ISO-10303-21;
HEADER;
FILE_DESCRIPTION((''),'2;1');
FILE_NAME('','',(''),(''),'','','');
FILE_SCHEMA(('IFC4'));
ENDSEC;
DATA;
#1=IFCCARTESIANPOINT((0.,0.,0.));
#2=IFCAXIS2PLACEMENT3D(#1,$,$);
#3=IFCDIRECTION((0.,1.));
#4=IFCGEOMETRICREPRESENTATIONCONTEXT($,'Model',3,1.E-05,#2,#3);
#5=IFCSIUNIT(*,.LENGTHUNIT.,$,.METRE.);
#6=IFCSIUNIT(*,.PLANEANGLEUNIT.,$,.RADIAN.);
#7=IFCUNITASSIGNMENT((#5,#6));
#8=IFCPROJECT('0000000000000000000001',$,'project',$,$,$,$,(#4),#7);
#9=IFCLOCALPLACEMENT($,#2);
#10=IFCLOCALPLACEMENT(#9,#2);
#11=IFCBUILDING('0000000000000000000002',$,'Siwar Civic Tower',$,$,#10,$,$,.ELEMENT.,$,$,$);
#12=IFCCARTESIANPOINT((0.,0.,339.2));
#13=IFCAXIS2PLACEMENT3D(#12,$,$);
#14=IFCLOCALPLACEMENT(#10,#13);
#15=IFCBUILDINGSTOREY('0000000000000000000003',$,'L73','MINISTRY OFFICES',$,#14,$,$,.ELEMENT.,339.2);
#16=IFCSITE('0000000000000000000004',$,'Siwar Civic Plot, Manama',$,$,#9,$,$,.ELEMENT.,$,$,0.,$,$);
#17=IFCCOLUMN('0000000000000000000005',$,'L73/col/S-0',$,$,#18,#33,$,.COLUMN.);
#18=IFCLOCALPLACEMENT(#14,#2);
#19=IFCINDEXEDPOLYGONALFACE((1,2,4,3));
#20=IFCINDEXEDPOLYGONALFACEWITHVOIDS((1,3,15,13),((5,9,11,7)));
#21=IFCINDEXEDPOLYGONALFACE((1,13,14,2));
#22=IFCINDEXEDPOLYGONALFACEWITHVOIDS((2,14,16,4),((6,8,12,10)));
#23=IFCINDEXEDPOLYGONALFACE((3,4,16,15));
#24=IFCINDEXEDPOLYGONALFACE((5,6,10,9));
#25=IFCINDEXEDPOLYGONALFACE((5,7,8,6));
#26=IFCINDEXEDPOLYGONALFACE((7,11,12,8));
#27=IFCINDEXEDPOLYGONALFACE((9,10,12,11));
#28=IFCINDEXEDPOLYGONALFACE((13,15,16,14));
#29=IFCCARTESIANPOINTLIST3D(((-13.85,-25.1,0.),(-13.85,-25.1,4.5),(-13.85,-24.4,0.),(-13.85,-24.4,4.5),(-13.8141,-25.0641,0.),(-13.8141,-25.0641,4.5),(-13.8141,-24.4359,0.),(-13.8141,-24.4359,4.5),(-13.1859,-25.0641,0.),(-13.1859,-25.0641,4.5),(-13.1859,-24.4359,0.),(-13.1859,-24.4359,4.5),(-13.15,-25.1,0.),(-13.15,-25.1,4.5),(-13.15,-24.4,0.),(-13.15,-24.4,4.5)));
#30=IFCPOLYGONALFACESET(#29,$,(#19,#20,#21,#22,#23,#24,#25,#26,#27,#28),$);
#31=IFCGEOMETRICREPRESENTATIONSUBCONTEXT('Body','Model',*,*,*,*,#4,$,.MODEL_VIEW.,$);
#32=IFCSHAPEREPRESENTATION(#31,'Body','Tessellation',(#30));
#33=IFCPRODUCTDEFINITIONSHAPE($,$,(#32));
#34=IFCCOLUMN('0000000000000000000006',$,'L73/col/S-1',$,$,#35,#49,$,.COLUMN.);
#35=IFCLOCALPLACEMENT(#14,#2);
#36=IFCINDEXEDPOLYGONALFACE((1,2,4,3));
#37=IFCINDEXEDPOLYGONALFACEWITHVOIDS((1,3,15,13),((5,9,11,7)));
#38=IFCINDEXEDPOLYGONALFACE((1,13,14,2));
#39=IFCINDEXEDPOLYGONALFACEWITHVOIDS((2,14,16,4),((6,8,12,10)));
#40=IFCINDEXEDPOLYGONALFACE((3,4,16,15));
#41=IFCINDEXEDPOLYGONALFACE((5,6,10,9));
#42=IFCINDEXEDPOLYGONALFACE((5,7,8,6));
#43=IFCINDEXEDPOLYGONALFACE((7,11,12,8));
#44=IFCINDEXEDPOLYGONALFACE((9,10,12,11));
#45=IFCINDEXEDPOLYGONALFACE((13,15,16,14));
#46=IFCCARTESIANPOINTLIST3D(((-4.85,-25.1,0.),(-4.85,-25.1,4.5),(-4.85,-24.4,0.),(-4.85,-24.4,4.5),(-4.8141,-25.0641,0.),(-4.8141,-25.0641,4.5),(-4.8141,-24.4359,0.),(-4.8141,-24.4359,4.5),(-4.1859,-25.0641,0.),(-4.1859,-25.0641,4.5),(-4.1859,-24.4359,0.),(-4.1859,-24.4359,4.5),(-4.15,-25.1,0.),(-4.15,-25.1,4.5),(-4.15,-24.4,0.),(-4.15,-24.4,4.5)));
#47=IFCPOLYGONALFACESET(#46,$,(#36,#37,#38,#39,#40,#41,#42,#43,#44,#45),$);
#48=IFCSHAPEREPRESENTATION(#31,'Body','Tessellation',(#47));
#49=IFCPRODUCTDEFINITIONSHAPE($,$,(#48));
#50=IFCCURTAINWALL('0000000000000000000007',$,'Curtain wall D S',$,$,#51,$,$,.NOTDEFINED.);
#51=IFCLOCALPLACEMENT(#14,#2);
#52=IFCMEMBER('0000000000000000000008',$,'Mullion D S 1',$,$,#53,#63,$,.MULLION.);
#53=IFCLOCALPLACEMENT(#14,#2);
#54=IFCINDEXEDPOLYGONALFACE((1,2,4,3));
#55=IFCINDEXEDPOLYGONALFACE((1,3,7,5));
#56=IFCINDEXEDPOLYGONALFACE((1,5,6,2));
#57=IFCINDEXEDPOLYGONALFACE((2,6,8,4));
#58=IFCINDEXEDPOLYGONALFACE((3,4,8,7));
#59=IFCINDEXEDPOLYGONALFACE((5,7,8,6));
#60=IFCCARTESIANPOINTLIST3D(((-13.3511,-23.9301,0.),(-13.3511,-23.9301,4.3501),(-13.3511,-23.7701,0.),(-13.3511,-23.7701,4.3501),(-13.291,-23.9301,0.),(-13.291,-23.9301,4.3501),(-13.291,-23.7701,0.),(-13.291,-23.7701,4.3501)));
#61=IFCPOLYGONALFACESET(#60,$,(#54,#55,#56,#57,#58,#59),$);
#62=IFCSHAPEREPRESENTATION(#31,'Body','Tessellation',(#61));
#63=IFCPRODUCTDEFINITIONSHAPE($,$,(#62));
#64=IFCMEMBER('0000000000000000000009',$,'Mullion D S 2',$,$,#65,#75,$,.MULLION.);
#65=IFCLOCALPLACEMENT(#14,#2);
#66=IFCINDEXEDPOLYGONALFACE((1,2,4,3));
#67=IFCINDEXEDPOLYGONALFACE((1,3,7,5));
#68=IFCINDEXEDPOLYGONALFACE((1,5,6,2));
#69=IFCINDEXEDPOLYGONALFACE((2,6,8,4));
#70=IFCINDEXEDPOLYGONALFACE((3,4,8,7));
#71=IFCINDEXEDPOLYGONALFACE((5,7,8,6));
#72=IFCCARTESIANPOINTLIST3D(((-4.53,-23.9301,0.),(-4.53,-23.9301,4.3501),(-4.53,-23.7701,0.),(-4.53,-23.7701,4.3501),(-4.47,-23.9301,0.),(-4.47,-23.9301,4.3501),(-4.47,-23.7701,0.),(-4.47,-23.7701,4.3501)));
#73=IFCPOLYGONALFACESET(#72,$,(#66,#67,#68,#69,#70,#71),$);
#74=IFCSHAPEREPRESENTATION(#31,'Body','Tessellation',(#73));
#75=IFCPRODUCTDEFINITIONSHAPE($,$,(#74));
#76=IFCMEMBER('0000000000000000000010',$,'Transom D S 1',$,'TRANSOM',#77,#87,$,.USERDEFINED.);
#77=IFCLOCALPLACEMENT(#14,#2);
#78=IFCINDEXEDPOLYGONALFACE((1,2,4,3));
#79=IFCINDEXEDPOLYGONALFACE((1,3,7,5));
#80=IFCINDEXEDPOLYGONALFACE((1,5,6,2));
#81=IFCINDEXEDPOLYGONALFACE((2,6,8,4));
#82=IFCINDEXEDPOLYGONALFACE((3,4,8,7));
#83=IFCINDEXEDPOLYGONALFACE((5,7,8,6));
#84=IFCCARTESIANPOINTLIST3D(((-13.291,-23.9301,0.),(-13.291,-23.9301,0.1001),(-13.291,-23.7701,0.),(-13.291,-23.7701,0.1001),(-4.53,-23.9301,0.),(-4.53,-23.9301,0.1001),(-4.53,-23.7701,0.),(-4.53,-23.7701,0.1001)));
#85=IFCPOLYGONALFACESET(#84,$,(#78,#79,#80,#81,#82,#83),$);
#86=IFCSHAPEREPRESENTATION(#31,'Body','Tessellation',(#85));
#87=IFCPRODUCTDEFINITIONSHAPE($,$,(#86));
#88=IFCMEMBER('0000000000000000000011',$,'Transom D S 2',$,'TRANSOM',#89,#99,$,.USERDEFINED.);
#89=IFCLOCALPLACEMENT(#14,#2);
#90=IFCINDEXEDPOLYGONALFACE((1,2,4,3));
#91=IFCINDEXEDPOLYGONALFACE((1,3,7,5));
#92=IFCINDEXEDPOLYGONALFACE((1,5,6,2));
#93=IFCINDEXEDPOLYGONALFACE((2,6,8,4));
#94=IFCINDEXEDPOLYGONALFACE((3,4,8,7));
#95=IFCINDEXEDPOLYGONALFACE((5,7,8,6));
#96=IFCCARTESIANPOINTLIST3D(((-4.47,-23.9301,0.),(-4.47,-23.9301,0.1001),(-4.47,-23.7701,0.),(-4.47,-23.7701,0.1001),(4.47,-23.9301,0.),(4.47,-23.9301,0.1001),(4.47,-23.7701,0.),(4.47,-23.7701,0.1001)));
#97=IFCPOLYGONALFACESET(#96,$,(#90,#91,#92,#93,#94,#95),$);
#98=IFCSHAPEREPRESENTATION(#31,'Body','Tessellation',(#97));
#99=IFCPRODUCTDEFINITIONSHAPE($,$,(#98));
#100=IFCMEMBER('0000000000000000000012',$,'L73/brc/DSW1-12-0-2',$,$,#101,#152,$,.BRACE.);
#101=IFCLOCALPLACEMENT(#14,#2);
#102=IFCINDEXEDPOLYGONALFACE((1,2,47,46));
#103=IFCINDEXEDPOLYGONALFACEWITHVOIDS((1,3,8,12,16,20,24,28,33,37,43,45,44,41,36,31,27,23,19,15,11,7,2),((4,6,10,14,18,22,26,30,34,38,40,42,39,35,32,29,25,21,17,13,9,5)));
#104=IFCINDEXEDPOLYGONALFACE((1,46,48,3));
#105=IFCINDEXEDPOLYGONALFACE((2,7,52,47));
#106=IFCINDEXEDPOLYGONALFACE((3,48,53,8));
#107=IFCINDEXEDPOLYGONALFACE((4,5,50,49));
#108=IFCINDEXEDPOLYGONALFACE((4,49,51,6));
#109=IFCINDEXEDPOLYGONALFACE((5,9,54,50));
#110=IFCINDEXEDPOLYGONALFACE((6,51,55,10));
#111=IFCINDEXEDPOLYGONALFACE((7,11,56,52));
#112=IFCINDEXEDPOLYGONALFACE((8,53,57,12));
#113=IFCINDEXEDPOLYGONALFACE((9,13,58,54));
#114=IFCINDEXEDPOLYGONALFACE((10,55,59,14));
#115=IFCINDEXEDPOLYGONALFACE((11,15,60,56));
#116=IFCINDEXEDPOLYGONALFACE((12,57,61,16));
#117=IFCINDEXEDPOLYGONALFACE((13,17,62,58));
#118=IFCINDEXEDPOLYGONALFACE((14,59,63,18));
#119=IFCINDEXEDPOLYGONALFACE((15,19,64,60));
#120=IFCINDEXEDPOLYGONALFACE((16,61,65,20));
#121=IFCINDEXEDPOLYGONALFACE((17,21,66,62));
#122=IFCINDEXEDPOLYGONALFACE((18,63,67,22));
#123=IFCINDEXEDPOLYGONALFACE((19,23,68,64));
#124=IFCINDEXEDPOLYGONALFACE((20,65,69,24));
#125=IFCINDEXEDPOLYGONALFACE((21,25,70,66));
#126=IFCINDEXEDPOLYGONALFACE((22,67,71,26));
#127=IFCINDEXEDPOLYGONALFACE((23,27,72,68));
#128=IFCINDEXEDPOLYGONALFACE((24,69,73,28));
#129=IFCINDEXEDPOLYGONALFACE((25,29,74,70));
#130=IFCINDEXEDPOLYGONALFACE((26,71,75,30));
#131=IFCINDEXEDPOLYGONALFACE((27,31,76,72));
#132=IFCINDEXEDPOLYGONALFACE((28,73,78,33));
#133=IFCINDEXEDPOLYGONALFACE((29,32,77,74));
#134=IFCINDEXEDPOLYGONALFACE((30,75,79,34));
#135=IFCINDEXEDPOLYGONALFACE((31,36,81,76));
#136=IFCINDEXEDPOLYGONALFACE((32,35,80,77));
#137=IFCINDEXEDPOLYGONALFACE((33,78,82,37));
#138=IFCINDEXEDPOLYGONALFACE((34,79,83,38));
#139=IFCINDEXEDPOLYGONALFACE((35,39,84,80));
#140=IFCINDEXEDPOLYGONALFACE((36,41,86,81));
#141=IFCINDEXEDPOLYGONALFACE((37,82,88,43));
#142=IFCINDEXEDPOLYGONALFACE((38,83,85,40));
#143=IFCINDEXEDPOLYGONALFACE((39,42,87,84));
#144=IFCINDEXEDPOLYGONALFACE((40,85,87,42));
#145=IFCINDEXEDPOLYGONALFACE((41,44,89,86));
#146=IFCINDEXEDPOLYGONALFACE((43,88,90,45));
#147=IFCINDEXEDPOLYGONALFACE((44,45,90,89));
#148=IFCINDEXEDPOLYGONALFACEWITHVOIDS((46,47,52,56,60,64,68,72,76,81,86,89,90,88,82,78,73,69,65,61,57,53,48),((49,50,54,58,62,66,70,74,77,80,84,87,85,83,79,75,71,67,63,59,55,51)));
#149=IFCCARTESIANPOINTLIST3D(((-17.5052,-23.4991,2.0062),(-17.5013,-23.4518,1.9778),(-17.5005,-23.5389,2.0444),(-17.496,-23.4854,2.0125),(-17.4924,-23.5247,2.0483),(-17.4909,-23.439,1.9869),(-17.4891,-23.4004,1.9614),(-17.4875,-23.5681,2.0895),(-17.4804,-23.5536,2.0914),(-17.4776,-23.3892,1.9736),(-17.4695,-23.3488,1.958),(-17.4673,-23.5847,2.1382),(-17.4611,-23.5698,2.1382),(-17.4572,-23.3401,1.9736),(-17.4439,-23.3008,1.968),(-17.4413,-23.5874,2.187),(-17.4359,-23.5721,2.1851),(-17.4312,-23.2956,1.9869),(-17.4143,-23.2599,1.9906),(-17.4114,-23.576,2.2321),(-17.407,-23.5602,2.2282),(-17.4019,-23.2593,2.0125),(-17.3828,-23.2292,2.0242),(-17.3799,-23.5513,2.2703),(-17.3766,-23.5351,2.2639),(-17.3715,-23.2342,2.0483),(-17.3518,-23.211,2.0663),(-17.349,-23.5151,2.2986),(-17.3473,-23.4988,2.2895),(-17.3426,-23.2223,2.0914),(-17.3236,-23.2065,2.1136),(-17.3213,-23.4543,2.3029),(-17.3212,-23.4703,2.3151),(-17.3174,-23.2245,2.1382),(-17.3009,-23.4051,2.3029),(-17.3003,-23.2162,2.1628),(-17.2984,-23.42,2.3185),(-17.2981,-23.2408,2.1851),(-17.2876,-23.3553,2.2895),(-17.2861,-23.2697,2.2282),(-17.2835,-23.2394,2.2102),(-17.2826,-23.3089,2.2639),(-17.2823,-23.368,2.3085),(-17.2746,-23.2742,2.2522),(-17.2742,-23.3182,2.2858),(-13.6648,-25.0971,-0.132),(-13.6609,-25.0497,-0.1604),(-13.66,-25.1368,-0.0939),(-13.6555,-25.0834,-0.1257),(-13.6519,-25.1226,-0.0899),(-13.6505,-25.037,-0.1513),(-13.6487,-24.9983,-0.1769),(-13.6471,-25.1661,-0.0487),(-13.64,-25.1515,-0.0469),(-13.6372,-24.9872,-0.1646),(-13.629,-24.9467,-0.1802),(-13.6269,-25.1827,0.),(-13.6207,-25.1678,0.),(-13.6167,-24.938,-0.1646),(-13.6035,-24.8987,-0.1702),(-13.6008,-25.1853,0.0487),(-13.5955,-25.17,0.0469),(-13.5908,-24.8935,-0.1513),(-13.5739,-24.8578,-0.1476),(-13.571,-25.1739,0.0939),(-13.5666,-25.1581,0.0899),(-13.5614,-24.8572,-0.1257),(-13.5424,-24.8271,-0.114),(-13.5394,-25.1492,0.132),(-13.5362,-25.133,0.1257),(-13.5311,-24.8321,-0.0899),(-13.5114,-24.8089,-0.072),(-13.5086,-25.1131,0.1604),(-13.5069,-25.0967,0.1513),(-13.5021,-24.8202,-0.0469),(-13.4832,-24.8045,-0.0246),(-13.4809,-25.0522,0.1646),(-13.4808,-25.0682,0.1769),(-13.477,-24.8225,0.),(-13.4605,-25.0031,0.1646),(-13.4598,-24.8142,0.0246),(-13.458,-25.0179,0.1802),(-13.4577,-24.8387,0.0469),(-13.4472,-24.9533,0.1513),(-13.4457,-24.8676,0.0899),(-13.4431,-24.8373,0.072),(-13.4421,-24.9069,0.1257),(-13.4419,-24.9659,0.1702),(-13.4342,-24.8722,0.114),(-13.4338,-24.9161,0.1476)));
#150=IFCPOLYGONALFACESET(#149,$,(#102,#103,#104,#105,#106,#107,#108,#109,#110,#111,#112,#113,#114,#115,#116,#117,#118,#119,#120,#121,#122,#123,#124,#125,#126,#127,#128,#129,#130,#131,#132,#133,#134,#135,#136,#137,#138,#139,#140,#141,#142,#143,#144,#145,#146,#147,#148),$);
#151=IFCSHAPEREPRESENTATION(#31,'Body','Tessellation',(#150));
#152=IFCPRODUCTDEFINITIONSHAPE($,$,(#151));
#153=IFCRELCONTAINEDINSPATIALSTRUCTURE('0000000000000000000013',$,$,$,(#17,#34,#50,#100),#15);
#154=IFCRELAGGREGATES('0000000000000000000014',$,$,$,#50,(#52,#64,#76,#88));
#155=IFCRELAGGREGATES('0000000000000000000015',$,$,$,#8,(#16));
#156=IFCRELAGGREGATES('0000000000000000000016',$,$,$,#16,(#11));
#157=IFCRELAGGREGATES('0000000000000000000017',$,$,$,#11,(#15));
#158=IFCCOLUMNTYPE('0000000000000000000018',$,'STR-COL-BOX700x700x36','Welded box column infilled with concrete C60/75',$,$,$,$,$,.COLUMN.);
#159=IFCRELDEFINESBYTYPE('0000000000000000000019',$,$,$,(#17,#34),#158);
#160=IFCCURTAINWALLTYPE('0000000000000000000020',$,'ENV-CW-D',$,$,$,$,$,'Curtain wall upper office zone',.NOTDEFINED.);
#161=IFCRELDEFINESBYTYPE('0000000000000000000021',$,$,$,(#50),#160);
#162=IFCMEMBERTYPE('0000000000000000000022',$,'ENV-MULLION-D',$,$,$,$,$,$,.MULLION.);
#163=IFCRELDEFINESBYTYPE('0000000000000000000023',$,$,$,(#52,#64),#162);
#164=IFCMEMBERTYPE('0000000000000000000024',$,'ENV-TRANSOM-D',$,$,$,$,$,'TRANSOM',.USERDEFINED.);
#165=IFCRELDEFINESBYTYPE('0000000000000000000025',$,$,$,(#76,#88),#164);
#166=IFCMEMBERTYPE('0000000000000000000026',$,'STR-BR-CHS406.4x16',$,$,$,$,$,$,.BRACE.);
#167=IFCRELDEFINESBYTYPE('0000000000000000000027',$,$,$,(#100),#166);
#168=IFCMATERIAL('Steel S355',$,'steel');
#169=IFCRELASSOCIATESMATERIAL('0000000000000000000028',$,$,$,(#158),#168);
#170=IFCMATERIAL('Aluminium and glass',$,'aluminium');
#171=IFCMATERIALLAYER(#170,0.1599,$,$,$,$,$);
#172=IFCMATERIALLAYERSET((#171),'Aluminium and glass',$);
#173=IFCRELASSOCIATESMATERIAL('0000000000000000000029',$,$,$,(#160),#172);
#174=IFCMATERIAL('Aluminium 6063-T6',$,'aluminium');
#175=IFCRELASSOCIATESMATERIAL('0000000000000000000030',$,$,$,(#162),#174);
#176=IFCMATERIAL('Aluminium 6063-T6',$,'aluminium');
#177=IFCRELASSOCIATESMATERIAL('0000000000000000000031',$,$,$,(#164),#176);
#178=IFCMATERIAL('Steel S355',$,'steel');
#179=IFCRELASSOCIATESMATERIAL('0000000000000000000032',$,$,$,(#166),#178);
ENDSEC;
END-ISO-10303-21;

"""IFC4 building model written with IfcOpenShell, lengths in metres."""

from ifc_helpers import new_model, si_unit, direction, frame, origin, origin_2d, place, context, subcontext, project, spatial, rectangle, hollow_rectangle, hollow_circle, extrude, material, layer, layer_set, material_profile, profile_set, type_object, element, aggregate, save


model = new_model("IFC4")

# Units and contexts
model_context = context("Model", 3, precision=1e-05, world=origin(), true_north=direction((0.0, 1.0)))
body_context = subcontext(model_context, "Body", "Model", "MODEL_VIEW")
ifc_project = project(units=[si_unit("LENGTHUNIT", "METRE"), si_unit("PLANEANGLEUNIT", "RADIAN")], contexts=[model_context])

# Site, building, storey
site_placement = place(None, origin())
site = spatial("IfcSite", under=ifc_project, at=site_placement, Name="Siwar Civic Plot, Manama", CompositionType="ELEMENT", RefElevation=0.0)
building_placement = place(site_placement, origin())
building = spatial("IfcBuilding", under=site, at=building_placement, Name="Siwar Civic Tower", CompositionType="ELEMENT")
storey_placement = place(building_placement, frame((0.0, 0.0, 339.2)))
storey = spatial("IfcBuildingStorey", under=building, at=storey_placement, Name="L73", Description="MINISTRY OFFICES", CompositionType="ELEMENT", Elevation=339.2)

# Columns
ifc_material_1 = material(Name="Steel S355", Category="steel")
ifc_material_profile_1 = material_profile(ifc_material_1, hollow_rectangle(XDim=0.7, YDim=0.7, WallThickness=0.0359, at=origin_2d()), Name="BOX700x700x36")
ifc_profile_set_1 = profile_set([ifc_material_profile_1], Name="Steel S355")
column_type = type_object("IfcColumnType", Name="STR-COL-BOX700x700x36", Description="Welded box column infilled with concrete C60/75", PredefinedType="COLUMN", material=ifc_profile_set_1)
for number, where, z_axis, x_axis, name in (
    (1, (-13.5, -24.75, 0.0), (0.0, 0.0, 1.0), (1.0, 0.0, 0.0), "L73/col/S-0"),
    (2, (-4.5, -24.75, 0.0), (0.0, 0.0, 1.0), (1.0, 0.0, 0.0), "L73/col/S-1"),
):
    element("IfcColumn", number, at=place(storey_placement, frame(where, z_axis=z_axis, x_axis=x_axis)), inside=storey, type_object=column_type, Name=name, PredefinedType="COLUMN", context=body_context, shape_type="SweptSolid", body=[
        extrude(hollow_rectangle(XDim=0.7, YDim=0.7, WallThickness=0.0359, at=origin_2d()), origin(), (0.0, 0.0, 1.0), 4.5),
    ])

# Curtain wall, members
ifc_material_2 = material(Name="Aluminium and glass", Category="aluminium")
ifc_layer_1 = layer(ifc_material_2, 0.1599)
ifc_layer_set_1 = layer_set([ifc_layer_1], Name="Aluminium and glass")
curtain_wall_type = type_object("IfcCurtainWallType", Name="ENV-CW-D", ElementType="Curtain wall upper office zone", PredefinedType="NOTDEFINED", material=ifc_layer_set_1)
curtain_wall_placement = place(storey_placement, origin())
curtain_wall = element("IfcCurtainWall", 3, at=curtain_wall_placement, inside=storey, type_object=curtain_wall_type, Name="Curtain wall D S", PredefinedType="NOTDEFINED")
ifc_material_3 = material(Name="Aluminium 6063-T6", Category="aluminium")
ifc_material_profile_2 = material_profile(ifc_material_3, rectangle(XDim=0.1599, YDim=0.0601, at=origin_2d()), Name="AL 160x60")
ifc_profile_set_2 = profile_set([ifc_material_profile_2], Name="Aluminium 6063-T6")
member_type_1 = type_object("IfcMemberType", Name="ENV-MULLION-D", PredefinedType="MULLION", material=ifc_profile_set_2)
member_1_placement = place(storey_placement, frame((-13.321, -23.8501, 0.0), z_axis=(0.0, 0.0, 1.0), x_axis=(0.0, 1.0, 0.0)))
member_1 = element("IfcMember", 4, at=member_1_placement, type_object=member_type_1, Name="Mullion D S 1", PredefinedType="MULLION", context=body_context, shape_type="SweptSolid", body=[
    extrude(rectangle(XDim=0.1599, YDim=0.0601, at=origin_2d()), origin(), (0.0, 0.0, 1.0), 4.3501),
])
member_2_placement = place(storey_placement, frame((-4.5, -23.8501, 0.0), z_axis=(0.0, 0.0, 1.0), x_axis=(0.0, 1.0, 0.0)))
member_2 = element("IfcMember", 5, at=member_2_placement, type_object=member_type_1, Name="Mullion D S 2", PredefinedType="MULLION", context=body_context, shape_type="SweptSolid", body=[
    extrude(rectangle(XDim=0.1599, YDim=0.0601, at=origin_2d()), origin(), (0.0, 0.0, 1.0), 4.3501),
])
ifc_material_4 = material(Name="Aluminium 6063-T6", Category="aluminium")
ifc_material_profile_3 = material_profile(ifc_material_4, rectangle(XDim=0.1599, YDim=0.1001, at=origin_2d()), Name="AL 160x100")
ifc_profile_set_3 = profile_set([ifc_material_profile_3], Name="Aluminium 6063-T6")
member_type_2 = type_object("IfcMemberType", Name="ENV-TRANSOM-D", ElementType="TRANSOM", PredefinedType="USERDEFINED", material=ifc_profile_set_3)
member_3_placement = place(storey_placement, frame((-13.291, -23.8501, 0.05), z_axis=(1.0, 0.0, 0.0), x_axis=(0.0, 1.0, 0.0)))
member_3 = element("IfcMember", 6, at=member_3_placement, type_object=member_type_2, Name="Transom D S 1", ObjectType="TRANSOM", PredefinedType="USERDEFINED", context=body_context, shape_type="SweptSolid", body=[
    extrude(rectangle(XDim=0.1599, YDim=0.1001, at=origin_2d()), origin(), (0.0, 0.0, 1.0), 8.761),
])
member_4_placement = place(storey_placement, frame((-4.47, -23.8501, 0.05), z_axis=(1.0, 0.0, 0.0), x_axis=(0.0, 1.0, 0.0)))
member_4 = element("IfcMember", 7, at=member_4_placement, type_object=member_type_2, Name="Transom D S 2", ObjectType="TRANSOM", PredefinedType="USERDEFINED", context=body_context, shape_type="SweptSolid", body=[
    extrude(rectangle(XDim=0.1599, YDim=0.1001, at=origin_2d()), origin(), (0.0, 0.0, 1.0), 8.9399),
])

# Member
ifc_material_5 = material(Name="Steel S355", Category="steel")
ifc_material_profile_4 = material_profile(ifc_material_5, hollow_circle(Radius=0.2031, WallThickness=0.0161, at=origin_2d()), Name="CHS406.4x16")
ifc_profile_set_4 = profile_set([ifc_material_profile_4], Name="Steel S355")
member_type_3 = type_object("IfcMemberType", Name="STR-BR-CHS406.4x16", PredefinedType="BRACE", material=ifc_profile_set_4)
member_5_placement = place(storey_placement, frame((-13.5488, -24.9951, 0.0), z_axis=(-0.82113, 0.341659, 0.457181), x_axis=(-0.384157, -0.923268, 0.0)))
element("IfcMember", 8, at=member_5_placement, inside=storey, type_object=member_type_3, Name="L73/brc/DSW1-12-0-2", PredefinedType="BRACE", context=body_context, shape_type="SweptSolid", body=[
    extrude(hollow_circle(Radius=0.2031, WallThickness=0.0161, at=origin_2d()), origin(), (0.0, 0.0, 1.0), 4.677),
])

aggregate(curtain_wall, [member_1, member_2, member_3, member_4])

save(model, "model.ifc")
